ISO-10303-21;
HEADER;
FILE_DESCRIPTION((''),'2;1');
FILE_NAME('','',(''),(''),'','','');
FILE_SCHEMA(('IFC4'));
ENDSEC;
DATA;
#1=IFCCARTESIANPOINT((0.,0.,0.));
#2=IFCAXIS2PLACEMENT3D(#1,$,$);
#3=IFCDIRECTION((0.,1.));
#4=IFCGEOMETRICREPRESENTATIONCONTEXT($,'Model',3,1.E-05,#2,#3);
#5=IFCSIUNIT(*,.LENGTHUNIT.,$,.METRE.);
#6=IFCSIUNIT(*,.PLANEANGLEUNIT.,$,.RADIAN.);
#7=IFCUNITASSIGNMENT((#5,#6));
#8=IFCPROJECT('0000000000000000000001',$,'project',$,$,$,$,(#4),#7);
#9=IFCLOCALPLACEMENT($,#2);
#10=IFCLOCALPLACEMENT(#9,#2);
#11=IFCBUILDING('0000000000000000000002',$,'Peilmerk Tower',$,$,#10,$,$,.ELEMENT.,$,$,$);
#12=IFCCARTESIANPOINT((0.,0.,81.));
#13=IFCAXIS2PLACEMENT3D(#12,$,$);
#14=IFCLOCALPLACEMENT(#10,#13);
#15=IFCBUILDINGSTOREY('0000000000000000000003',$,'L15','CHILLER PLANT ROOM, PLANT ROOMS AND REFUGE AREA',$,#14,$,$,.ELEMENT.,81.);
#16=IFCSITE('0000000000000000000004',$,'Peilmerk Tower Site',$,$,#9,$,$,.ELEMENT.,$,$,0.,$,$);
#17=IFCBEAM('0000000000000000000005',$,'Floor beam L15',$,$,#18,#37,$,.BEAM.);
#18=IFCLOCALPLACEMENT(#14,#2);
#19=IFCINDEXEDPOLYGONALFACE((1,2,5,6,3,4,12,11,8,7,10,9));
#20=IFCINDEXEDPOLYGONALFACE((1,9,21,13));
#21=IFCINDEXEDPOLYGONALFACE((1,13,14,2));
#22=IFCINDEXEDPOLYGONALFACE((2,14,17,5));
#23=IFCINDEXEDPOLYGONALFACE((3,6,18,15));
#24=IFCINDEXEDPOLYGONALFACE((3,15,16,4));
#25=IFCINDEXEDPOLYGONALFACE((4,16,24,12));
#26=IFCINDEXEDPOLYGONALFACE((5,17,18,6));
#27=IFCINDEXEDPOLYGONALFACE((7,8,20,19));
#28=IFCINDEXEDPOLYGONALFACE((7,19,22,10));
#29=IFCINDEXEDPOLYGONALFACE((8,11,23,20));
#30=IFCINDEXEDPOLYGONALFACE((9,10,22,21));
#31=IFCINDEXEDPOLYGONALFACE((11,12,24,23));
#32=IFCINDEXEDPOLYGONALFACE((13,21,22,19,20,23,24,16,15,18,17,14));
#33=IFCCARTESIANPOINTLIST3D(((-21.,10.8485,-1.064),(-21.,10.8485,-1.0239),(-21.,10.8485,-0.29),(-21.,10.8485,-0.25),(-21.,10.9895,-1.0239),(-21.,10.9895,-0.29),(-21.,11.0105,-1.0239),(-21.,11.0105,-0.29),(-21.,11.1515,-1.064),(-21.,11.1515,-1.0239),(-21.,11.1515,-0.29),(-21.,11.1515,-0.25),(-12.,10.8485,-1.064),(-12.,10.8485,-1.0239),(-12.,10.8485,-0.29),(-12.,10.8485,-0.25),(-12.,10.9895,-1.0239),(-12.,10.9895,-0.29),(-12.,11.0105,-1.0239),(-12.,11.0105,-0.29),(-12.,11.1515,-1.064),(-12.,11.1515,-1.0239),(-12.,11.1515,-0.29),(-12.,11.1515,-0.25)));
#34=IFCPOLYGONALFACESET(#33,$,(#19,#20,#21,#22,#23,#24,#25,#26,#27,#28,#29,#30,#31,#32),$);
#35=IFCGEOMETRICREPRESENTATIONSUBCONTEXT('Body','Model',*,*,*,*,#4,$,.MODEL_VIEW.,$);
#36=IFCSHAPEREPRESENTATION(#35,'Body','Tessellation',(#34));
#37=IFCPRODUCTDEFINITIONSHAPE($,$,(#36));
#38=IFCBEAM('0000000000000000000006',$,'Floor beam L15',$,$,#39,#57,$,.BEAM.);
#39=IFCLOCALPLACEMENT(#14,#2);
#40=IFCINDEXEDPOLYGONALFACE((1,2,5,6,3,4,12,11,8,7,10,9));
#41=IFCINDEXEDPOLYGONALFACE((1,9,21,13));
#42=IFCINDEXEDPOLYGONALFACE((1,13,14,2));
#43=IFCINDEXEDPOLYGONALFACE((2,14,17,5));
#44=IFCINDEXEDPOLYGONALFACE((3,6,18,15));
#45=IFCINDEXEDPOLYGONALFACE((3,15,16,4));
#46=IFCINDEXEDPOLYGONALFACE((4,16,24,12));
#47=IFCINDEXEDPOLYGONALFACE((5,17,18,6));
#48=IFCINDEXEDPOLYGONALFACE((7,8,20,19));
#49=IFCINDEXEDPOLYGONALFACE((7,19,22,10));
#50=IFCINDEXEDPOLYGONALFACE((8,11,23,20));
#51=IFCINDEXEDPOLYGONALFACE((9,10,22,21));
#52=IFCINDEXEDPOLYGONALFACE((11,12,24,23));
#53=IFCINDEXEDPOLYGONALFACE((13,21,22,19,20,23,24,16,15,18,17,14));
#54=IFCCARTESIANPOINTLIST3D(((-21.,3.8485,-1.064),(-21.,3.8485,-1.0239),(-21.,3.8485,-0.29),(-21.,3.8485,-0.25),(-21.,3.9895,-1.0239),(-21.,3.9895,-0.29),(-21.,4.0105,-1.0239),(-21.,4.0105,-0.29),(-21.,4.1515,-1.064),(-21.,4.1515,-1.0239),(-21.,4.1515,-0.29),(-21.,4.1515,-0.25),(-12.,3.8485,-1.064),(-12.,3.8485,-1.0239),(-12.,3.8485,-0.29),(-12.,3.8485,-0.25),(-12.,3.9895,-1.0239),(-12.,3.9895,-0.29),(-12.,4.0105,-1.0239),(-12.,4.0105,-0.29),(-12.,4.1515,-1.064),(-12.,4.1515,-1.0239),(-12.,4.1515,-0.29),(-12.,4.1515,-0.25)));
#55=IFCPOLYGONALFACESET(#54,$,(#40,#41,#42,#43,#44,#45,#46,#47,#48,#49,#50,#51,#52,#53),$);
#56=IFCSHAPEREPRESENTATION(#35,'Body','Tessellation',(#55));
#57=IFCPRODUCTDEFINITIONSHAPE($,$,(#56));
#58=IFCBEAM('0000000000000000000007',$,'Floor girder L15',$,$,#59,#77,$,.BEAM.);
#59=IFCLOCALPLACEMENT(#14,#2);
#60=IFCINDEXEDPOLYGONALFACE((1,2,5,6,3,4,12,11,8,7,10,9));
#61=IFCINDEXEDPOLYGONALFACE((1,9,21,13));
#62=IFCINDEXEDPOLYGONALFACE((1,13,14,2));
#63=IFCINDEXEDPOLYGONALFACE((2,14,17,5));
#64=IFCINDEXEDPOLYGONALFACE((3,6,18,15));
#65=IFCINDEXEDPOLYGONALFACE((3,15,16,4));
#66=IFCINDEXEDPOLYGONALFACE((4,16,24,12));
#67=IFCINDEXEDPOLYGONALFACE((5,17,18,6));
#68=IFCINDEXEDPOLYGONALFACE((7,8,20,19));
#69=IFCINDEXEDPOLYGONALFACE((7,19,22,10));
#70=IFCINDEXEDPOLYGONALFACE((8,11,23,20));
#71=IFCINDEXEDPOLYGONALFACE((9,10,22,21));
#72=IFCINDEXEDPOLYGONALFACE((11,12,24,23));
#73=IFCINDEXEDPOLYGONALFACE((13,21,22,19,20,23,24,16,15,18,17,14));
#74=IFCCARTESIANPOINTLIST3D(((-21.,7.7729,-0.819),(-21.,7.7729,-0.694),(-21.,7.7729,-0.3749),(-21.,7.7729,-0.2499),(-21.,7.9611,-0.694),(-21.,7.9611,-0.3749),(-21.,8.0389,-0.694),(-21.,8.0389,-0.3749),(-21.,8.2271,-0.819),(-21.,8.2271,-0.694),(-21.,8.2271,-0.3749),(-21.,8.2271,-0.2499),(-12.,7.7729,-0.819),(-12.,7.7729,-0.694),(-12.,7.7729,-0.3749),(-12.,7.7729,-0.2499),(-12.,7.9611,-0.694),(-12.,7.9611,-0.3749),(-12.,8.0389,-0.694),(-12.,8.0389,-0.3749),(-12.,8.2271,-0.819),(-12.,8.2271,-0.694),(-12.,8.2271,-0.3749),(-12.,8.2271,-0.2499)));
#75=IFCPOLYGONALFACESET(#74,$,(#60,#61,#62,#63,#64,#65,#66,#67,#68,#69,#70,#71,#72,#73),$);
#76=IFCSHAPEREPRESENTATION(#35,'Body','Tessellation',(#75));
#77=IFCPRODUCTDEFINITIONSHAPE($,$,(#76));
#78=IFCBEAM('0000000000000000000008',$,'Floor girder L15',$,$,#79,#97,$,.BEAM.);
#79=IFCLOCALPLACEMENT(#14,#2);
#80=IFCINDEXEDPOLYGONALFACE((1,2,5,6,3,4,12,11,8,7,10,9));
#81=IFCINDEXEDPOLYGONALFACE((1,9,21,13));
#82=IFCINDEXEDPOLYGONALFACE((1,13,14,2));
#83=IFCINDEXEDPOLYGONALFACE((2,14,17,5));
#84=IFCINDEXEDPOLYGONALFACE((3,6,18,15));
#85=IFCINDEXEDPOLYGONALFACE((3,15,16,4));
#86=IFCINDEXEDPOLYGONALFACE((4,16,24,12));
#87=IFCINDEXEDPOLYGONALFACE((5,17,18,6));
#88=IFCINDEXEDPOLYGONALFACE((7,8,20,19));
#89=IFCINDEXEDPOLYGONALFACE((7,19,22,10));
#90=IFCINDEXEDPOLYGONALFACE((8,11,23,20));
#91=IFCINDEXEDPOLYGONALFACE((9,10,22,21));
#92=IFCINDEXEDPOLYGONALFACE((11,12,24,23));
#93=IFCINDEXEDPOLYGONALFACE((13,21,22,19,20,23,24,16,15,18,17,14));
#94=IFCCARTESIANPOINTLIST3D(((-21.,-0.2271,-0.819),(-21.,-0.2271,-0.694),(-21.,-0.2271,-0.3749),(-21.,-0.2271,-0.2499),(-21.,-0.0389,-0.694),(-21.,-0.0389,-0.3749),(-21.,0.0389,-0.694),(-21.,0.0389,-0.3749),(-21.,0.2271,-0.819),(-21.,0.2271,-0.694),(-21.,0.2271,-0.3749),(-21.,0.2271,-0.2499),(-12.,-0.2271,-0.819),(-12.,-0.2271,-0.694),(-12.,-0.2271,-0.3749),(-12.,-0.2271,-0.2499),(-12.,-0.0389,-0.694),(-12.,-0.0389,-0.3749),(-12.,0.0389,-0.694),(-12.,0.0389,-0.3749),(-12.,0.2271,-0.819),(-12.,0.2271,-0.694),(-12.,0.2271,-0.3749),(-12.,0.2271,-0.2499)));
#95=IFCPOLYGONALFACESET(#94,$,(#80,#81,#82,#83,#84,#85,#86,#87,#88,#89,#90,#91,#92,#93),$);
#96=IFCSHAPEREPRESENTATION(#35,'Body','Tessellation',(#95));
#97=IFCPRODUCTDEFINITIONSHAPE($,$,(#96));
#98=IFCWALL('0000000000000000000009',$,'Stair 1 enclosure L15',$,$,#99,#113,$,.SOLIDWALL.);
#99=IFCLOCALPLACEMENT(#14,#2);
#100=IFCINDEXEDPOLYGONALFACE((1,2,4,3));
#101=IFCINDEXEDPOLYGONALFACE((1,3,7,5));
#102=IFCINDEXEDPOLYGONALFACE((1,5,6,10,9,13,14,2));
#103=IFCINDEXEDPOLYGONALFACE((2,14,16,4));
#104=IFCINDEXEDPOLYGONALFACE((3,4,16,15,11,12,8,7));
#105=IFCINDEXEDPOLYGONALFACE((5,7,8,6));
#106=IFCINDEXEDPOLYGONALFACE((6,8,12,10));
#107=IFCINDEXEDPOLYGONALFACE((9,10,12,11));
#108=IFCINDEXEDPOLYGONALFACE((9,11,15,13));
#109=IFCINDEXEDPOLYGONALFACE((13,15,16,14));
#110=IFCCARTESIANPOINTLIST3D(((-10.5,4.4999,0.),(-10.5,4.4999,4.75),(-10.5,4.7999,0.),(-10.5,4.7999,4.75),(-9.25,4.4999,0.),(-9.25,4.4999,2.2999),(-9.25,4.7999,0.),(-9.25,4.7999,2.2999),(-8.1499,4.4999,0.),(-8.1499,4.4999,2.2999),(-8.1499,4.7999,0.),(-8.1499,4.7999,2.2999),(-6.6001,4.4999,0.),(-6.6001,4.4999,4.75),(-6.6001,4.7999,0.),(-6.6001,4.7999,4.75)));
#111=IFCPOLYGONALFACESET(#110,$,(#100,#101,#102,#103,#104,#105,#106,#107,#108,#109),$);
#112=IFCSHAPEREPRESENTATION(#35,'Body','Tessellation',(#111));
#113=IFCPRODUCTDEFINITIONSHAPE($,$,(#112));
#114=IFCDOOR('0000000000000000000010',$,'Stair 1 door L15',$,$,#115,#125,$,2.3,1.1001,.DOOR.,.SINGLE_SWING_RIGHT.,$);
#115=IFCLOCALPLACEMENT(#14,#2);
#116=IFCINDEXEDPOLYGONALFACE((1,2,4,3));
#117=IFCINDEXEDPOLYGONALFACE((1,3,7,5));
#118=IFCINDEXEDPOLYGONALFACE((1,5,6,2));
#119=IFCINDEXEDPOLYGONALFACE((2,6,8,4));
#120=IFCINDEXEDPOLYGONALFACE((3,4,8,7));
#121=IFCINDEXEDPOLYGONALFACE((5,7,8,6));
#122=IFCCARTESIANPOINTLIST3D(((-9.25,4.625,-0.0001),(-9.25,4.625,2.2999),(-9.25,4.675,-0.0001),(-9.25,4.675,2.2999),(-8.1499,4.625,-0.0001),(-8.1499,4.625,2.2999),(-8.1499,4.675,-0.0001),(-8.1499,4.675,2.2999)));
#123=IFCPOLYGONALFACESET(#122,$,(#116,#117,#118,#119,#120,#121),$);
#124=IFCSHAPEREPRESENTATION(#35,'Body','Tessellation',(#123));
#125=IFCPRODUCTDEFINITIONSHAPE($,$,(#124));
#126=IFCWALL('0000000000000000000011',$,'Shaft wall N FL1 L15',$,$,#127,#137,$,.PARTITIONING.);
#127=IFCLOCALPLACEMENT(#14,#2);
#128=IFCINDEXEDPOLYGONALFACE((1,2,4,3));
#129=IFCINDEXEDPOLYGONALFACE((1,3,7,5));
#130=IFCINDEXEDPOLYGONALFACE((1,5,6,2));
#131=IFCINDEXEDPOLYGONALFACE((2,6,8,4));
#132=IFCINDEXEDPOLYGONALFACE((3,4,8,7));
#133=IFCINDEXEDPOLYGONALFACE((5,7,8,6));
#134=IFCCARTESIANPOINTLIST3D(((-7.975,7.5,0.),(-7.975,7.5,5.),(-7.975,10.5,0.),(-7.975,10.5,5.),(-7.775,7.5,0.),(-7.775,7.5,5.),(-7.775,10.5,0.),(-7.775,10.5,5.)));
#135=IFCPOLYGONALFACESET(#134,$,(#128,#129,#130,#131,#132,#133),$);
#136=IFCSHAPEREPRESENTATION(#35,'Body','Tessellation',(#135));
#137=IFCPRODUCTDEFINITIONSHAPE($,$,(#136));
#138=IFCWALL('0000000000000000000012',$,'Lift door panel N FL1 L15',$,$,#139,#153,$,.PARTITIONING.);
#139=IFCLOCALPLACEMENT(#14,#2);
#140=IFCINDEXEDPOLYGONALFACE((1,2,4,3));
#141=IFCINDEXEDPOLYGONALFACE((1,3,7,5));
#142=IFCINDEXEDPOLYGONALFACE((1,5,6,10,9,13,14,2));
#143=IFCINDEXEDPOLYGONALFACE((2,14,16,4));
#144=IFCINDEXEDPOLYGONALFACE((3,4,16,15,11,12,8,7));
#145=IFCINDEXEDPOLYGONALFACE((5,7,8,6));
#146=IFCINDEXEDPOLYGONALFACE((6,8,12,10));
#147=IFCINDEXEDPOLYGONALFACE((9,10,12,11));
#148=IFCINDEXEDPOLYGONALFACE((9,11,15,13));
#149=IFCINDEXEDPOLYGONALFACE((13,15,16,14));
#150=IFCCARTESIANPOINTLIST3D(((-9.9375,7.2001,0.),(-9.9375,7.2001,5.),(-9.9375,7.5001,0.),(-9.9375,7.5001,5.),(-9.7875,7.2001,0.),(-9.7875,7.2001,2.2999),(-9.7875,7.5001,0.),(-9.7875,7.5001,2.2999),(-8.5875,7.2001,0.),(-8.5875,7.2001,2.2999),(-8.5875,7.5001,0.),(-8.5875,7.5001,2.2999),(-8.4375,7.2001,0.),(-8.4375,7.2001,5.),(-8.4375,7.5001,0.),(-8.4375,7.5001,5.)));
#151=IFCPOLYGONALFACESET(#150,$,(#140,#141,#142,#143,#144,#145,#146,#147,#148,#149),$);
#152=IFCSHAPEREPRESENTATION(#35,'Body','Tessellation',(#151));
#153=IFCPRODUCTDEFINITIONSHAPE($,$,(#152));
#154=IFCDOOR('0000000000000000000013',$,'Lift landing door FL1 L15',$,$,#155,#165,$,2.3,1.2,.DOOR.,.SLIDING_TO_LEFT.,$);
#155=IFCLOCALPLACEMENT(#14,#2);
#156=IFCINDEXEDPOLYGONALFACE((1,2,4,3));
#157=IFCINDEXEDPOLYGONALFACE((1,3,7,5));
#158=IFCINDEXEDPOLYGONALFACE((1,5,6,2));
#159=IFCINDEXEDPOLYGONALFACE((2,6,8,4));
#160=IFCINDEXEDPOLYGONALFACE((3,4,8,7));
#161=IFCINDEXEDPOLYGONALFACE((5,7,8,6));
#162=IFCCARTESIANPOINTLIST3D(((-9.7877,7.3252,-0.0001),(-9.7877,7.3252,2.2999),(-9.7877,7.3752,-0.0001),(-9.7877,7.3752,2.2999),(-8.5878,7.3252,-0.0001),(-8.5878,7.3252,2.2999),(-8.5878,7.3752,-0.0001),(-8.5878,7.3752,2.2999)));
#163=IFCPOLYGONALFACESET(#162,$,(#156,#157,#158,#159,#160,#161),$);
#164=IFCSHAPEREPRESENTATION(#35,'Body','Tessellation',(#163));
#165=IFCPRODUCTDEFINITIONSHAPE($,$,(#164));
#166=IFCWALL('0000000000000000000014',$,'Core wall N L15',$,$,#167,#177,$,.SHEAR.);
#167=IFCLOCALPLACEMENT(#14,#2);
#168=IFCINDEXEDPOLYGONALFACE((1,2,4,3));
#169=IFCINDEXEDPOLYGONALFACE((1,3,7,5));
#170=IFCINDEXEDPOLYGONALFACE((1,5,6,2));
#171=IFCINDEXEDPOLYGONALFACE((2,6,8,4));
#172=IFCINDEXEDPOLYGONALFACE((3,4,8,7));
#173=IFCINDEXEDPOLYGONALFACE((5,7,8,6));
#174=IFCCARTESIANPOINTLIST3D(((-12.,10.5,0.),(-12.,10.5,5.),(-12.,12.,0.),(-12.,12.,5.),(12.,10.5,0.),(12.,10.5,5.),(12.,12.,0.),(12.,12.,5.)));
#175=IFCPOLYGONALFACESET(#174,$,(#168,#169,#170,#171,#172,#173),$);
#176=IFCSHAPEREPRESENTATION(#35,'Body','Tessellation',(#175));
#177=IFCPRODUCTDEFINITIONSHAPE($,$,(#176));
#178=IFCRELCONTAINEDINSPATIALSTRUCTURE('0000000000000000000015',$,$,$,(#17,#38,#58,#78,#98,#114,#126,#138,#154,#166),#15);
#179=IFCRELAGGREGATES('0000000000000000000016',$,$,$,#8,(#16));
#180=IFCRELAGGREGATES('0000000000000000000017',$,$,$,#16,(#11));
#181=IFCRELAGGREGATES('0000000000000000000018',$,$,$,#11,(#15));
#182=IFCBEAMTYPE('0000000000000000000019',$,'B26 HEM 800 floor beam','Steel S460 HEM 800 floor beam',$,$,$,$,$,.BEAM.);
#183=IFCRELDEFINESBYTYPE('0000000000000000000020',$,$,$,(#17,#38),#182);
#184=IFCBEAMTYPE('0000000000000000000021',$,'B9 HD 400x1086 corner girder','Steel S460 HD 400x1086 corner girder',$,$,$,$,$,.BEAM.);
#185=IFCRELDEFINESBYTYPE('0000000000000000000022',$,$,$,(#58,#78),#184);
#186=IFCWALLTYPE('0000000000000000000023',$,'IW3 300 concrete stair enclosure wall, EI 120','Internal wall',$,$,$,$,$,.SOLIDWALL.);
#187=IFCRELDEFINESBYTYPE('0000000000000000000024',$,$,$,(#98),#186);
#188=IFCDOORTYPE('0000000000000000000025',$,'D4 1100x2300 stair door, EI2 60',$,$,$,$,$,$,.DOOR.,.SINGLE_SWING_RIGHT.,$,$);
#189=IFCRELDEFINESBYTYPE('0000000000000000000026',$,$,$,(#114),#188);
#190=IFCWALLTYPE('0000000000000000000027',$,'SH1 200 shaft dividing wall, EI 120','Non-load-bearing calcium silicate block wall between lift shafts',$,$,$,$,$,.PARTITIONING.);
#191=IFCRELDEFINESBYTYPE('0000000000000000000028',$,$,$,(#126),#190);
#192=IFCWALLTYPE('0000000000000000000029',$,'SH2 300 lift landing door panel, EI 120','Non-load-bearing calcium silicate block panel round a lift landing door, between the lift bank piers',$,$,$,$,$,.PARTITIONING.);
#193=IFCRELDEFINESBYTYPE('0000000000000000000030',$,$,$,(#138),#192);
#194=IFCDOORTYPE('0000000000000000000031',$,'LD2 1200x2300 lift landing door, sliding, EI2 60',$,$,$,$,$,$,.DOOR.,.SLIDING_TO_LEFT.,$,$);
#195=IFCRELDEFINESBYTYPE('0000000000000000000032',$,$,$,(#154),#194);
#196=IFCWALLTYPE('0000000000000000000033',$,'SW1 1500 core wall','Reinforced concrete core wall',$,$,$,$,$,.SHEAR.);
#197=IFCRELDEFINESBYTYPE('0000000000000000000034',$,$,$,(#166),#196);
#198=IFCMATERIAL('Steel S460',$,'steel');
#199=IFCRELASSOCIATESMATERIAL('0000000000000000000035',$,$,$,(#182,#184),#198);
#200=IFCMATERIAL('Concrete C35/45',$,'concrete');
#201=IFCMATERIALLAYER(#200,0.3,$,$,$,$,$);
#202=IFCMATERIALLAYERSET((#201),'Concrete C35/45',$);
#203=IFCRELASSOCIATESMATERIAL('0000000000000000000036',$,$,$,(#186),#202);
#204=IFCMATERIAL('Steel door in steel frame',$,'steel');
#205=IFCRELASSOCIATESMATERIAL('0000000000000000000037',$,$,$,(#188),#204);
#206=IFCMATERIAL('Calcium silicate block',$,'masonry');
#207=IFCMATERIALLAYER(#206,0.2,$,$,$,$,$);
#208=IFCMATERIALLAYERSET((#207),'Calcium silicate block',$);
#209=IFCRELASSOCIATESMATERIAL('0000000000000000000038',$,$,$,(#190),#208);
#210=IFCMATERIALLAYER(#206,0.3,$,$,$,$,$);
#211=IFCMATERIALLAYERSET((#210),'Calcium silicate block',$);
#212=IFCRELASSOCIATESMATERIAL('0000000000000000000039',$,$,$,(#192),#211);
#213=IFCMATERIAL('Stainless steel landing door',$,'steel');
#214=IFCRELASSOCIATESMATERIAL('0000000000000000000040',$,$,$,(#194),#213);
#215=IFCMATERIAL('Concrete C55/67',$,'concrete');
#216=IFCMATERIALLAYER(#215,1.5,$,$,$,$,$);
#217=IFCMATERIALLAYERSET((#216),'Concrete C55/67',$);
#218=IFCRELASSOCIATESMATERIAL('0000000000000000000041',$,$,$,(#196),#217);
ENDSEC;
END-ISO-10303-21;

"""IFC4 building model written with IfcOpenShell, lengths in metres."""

from ifc_helpers import new_model, si_unit, direction, frame, frame_2d, origin, origin_2d, place, context, subcontext, project, spatial, rectangle, i_section, extrude, material, layer, layer_set, material_profile, profile_set, type_object, element, fill, save


model = new_model("IFC4")

# Units and contexts
model_context = context("Model", 3, precision=1e-05, world=origin(), true_north=direction((0.0, 1.0)))
body_context = subcontext(model_context, "Body", "Model", "MODEL_VIEW")
ifc_project = project(units=[si_unit("LENGTHUNIT", "METRE"), si_unit("PLANEANGLEUNIT", "RADIAN")], contexts=[model_context])

# Site, building, storey
site_placement = place(None, origin())
site = spatial("IfcSite", under=ifc_project, at=site_placement, Name="Peilmerk Tower Site", CompositionType="ELEMENT", RefElevation=0.0)
building_placement = place(site_placement, origin())
building = spatial("IfcBuilding", under=site, at=building_placement, Name="Peilmerk Tower", CompositionType="ELEMENT")
storey_placement = place(building_placement, frame((0.0, 0.0, 81.0)))
storey = spatial("IfcBuildingStorey", under=building, at=storey_placement, Name="L15", Description="CHILLER PLANT ROOM, PLANT ROOMS AND REFUGE AREA", CompositionType="ELEMENT", Elevation=81.0)

# Beams
ifc_material_1 = material(Name="Steel S460", Category="steel")
ifc_material_profile_1 = material_profile(ifc_material_1, i_section(OverallWidth=0.303, OverallDepth=0.814, WebThickness=0.021, FlangeThickness=0.04, at=origin_2d()), Name="HEM 800")
ifc_profile_set_1 = profile_set([ifc_material_profile_1], Name="Steel S460")
beam_type_1 = type_object("IfcBeamType", Name="B26 HEM 800 floor beam", Description="Steel S460 HEM 800 floor beam", PredefinedType="BEAM", material=ifc_profile_set_1)
for number, where, z_axis, x_axis, name in (
    (1, (-12.0, 11.0, -0.657), (-1.0, 0.0, 0.0), (0.0, -1.0, 0.0), "Floor beam L15"),
    (2, (-12.0, 4.0, -0.657), (-1.0, 0.0, 0.0), (0.0, -1.0, 0.0), "Floor beam L15"),
):
    element("IfcBeam", number, at=place(storey_placement, frame(where, z_axis=z_axis, x_axis=x_axis)), inside=storey, type_object=beam_type_1, Name=name, PredefinedType="BEAM", context=body_context, shape_type="SweptSolid", body=[
        extrude(i_section(OverallWidth=0.303, OverallDepth=0.814, WebThickness=0.021, FlangeThickness=0.04, at=origin_2d()), origin(), (0.0, 0.0, 1.0), 9.0),
    ])
ifc_material_profile_2 = material_profile(ifc_material_1, i_section(OverallWidth=0.4541, OverallDepth=0.5691, WebThickness=0.0779, FlangeThickness=0.125, at=origin_2d()), Name="HD 400x1086")
ifc_profile_set_2 = profile_set([ifc_material_profile_2], Name="Steel S460")
beam_type_2 = type_object("IfcBeamType", Name="B9 HD 400x1086 corner girder", Description="Steel S460 HD 400x1086 corner girder", PredefinedType="BEAM", material=ifc_profile_set_2)
for number, where, z_axis, x_axis, name in (
    (3, (-12.0, 8.0, -0.5344), (-1.0, 0.0, 0.0), (0.0, -1.0, 0.0), "Floor girder L15"),
    (4, (-12.0, 0.0, -0.5344), (-1.0, 0.0, 0.0), (0.0, -1.0, 0.0), "Floor girder L15"),
):
    element("IfcBeam", number, at=place(storey_placement, frame(where, z_axis=z_axis, x_axis=x_axis)), inside=storey, type_object=beam_type_2, Name=name, PredefinedType="BEAM", context=body_context, shape_type="SweptSolid", body=[
        extrude(i_section(OverallWidth=0.4541, OverallDepth=0.5691, WebThickness=0.0779, FlangeThickness=0.125, at=origin_2d()), origin(), (0.0, 0.0, 1.0), 9.0),
    ])

# Wall, opening, door
ifc_material_2 = material(Name="Concrete C35/45", Category="concrete")
ifc_layer_1 = layer(ifc_material_2, 0.3)
ifc_layer_set_1 = layer_set([ifc_layer_1], Name="Concrete C35/45")
wall_type_1 = type_object("IfcWallType", Name="IW3 300 concrete stair enclosure wall, EI 120", Description="Internal wall", PredefinedType="SOLIDWALL", material=ifc_layer_set_1)
wall_1_placement = place(storey_placement, frame((-10.5, 4.6499, 0.0), z_axis=(0.0, 0.0, 1.0), x_axis=(1.0, 0.0, 0.0)))
wall_1 = element("IfcWall", 5, at=wall_1_placement, inside=storey, type_object=wall_type_1, Name="Stair 1 enclosure L15", PredefinedType="SOLIDWALL", context=body_context, shape_type="SweptSolid", body=[
    extrude(rectangle(XDim=3.8999, YDim=0.3, at=frame_2d((1.95, 0.0))), origin(), (0.0, 0.0, 1.0), 4.75),
])
opening_1_placement = place(wall_1_placement, frame((1.25, 0.0, 0.0)))
opening_1 = element("IfcOpeningElement", 6, at=opening_1_placement, cuts=wall_1, PredefinedType="OPENING", context=body_context, shape_type="SweptSolid", body=[
    extrude(rectangle(XDim=1.1001, YDim=2.3, at=frame_2d((0.55, 1.1499))), frame((0.0, 0.1599, 0.0), z_axis=(0.0, -1.0, 0.0), x_axis=(1.0, 0.0, 0.0)), (0.0, 0.0, 1.0), 0.3201),
])
ifc_material_3 = material(Name="Steel door in steel frame", Category="steel")
door_type_1 = type_object("IfcDoorType", Name="D4 1100x2300 stair door, EI2 60", OperationType="SINGLE_SWING_RIGHT", PredefinedType="DOOR", material=ifc_material_3)
door_1_placement = place(opening_1_placement, frame((1.1001, 0.0, 0.0), z_axis=(0.0, 0.0, 1.0), x_axis=(-1.0, 0.0, 0.0)))
door_1 = element("IfcDoor", 7, at=door_1_placement, inside=storey, type_object=door_type_1, Name="Stair 1 door L15", OperationType="SINGLE_SWING_RIGHT", OverallHeight=2.3, OverallWidth=1.1001, PredefinedType="DOOR", context=body_context, shape_type="SweptSolid", body=[
    extrude(rectangle(XDim=1.1001, YDim=2.3, at=frame_2d((0.55, 1.1499))), frame((0.0, 0.0249, 0.0), z_axis=(0.0, -1.0, 0.0), x_axis=(1.0, 0.0, 0.0)), (0.0, 0.0, 1.0), 0.05),
])
fill(opening_1, door_1)

# Wall
ifc_material_4 = material(Name="Calcium silicate block", Category="masonry")
ifc_layer_2 = layer(ifc_material_4, 0.2)
ifc_layer_set_2 = layer_set([ifc_layer_2], Name="Calcium silicate block")
wall_type_2 = type_object("IfcWallType", Name="SH1 200 shaft dividing wall, EI 120", Description="Non-load-bearing calcium silicate block wall between lift shafts", PredefinedType="PARTITIONING", material=ifc_layer_set_2)
wall_2_placement = place(storey_placement, frame((-7.875, 7.5, 0.0), z_axis=(0.0, 0.0, 1.0), x_axis=(0.0, 1.0, 0.0)))
element("IfcWall", 8, at=wall_2_placement, inside=storey, type_object=wall_type_2, Name="Shaft wall N FL1 L15", PredefinedType="PARTITIONING", context=body_context, shape_type="SweptSolid", body=[
    extrude(rectangle(XDim=3.0, YDim=0.2, at=frame_2d((1.5, 0.0))), origin(), (0.0, 0.0, 1.0), 5.0),
])

# Wall, opening, door
ifc_layer_3 = layer(ifc_material_4, 0.3)
ifc_layer_set_3 = layer_set([ifc_layer_3], Name="Calcium silicate block")
wall_type_3 = type_object("IfcWallType", Name="SH2 300 lift landing door panel, EI 120", Description="Non-load-bearing calcium silicate block panel round a lift landing door, between the lift bank piers", PredefinedType="PARTITIONING", material=ifc_layer_set_3)
wall_3_placement = place(storey_placement, frame((-9.9375, 7.3501, 0.0), z_axis=(0.0, 0.0, 1.0), x_axis=(1.0, 0.0, 0.0)))
wall_3 = element("IfcWall", 9, at=wall_3_placement, inside=storey, type_object=wall_type_3, Name="Lift door panel N FL1 L15", PredefinedType="PARTITIONING", context=body_context, shape_type="SweptSolid", body=[
    extrude(rectangle(XDim=1.5, YDim=0.3, at=frame_2d((0.75, 0.0))), origin(), (0.0, 0.0, 1.0), 5.0),
])
opening_2_placement = place(wall_3_placement, frame((0.1499, 0.0, 0.0)))
opening_2 = element("IfcOpeningElement", 10, at=opening_2_placement, cuts=wall_3, PredefinedType="OPENING", context=body_context, shape_type="SweptSolid", body=[
    extrude(rectangle(XDim=1.2, YDim=2.3, at=frame_2d((0.6001, 1.1499))), frame((0.0, 0.1599, 0.0), z_axis=(0.0, -1.0, 0.0), x_axis=(1.0, 0.0, 0.0)), (0.0, 0.0, 1.0), 0.3201),
])
ifc_material_5 = material(Name="Stainless steel landing door", Category="steel")
door_type_2 = type_object("IfcDoorType", Name="LD2 1200x2300 lift landing door, sliding, EI2 60", OperationType="SLIDING_TO_LEFT", PredefinedType="DOOR", material=ifc_material_5)
door_2_placement = place(opening_2_placement, frame((1.2, 0.0, 0.0), z_axis=(0.0, 0.0, 1.0), x_axis=(-1.0, 0.0, 0.0)))
door_2 = element("IfcDoor", 11, at=door_2_placement, inside=storey, type_object=door_type_2, Name="Lift landing door FL1 L15", OperationType="SLIDING_TO_LEFT", OverallHeight=2.3, OverallWidth=1.2, PredefinedType="DOOR", context=body_context, shape_type="SweptSolid", body=[
    extrude(rectangle(XDim=1.2, YDim=2.3, at=frame_2d((0.6001, 1.1499))), frame((0.0, 0.0249, 0.0), z_axis=(0.0, -1.0, 0.0), x_axis=(1.0, 0.0, 0.0)), (0.0, 0.0, 1.0), 0.05),
])
fill(opening_2, door_2)

# Wall
ifc_material_6 = material(Name="Concrete C55/67", Category="concrete")
ifc_layer_4 = layer(ifc_material_6, 1.5)
ifc_layer_set_4 = layer_set([ifc_layer_4], Name="Concrete C55/67")
wall_type_4 = type_object("IfcWallType", Name="SW1 1500 core wall", Description="Reinforced concrete core wall", PredefinedType="SHEAR", material=ifc_layer_set_4)
wall_4_placement = place(storey_placement, frame((-12.0, 11.25, 0.0), z_axis=(0.0, 0.0, 1.0), x_axis=(1.0, 0.0, 0.0)))
element("IfcWall", 12, at=wall_4_placement, inside=storey, type_object=wall_type_4, Name="Core wall N L15", PredefinedType="SHEAR", context=body_context, shape_type="SweptSolid", body=[
    extrude(rectangle(XDim=24.0, YDim=1.5, at=frame_2d((12.0, 0.0))), origin(), (0.0, 0.0, 1.0), 5.0),
])

save(model, "model.ifc")
